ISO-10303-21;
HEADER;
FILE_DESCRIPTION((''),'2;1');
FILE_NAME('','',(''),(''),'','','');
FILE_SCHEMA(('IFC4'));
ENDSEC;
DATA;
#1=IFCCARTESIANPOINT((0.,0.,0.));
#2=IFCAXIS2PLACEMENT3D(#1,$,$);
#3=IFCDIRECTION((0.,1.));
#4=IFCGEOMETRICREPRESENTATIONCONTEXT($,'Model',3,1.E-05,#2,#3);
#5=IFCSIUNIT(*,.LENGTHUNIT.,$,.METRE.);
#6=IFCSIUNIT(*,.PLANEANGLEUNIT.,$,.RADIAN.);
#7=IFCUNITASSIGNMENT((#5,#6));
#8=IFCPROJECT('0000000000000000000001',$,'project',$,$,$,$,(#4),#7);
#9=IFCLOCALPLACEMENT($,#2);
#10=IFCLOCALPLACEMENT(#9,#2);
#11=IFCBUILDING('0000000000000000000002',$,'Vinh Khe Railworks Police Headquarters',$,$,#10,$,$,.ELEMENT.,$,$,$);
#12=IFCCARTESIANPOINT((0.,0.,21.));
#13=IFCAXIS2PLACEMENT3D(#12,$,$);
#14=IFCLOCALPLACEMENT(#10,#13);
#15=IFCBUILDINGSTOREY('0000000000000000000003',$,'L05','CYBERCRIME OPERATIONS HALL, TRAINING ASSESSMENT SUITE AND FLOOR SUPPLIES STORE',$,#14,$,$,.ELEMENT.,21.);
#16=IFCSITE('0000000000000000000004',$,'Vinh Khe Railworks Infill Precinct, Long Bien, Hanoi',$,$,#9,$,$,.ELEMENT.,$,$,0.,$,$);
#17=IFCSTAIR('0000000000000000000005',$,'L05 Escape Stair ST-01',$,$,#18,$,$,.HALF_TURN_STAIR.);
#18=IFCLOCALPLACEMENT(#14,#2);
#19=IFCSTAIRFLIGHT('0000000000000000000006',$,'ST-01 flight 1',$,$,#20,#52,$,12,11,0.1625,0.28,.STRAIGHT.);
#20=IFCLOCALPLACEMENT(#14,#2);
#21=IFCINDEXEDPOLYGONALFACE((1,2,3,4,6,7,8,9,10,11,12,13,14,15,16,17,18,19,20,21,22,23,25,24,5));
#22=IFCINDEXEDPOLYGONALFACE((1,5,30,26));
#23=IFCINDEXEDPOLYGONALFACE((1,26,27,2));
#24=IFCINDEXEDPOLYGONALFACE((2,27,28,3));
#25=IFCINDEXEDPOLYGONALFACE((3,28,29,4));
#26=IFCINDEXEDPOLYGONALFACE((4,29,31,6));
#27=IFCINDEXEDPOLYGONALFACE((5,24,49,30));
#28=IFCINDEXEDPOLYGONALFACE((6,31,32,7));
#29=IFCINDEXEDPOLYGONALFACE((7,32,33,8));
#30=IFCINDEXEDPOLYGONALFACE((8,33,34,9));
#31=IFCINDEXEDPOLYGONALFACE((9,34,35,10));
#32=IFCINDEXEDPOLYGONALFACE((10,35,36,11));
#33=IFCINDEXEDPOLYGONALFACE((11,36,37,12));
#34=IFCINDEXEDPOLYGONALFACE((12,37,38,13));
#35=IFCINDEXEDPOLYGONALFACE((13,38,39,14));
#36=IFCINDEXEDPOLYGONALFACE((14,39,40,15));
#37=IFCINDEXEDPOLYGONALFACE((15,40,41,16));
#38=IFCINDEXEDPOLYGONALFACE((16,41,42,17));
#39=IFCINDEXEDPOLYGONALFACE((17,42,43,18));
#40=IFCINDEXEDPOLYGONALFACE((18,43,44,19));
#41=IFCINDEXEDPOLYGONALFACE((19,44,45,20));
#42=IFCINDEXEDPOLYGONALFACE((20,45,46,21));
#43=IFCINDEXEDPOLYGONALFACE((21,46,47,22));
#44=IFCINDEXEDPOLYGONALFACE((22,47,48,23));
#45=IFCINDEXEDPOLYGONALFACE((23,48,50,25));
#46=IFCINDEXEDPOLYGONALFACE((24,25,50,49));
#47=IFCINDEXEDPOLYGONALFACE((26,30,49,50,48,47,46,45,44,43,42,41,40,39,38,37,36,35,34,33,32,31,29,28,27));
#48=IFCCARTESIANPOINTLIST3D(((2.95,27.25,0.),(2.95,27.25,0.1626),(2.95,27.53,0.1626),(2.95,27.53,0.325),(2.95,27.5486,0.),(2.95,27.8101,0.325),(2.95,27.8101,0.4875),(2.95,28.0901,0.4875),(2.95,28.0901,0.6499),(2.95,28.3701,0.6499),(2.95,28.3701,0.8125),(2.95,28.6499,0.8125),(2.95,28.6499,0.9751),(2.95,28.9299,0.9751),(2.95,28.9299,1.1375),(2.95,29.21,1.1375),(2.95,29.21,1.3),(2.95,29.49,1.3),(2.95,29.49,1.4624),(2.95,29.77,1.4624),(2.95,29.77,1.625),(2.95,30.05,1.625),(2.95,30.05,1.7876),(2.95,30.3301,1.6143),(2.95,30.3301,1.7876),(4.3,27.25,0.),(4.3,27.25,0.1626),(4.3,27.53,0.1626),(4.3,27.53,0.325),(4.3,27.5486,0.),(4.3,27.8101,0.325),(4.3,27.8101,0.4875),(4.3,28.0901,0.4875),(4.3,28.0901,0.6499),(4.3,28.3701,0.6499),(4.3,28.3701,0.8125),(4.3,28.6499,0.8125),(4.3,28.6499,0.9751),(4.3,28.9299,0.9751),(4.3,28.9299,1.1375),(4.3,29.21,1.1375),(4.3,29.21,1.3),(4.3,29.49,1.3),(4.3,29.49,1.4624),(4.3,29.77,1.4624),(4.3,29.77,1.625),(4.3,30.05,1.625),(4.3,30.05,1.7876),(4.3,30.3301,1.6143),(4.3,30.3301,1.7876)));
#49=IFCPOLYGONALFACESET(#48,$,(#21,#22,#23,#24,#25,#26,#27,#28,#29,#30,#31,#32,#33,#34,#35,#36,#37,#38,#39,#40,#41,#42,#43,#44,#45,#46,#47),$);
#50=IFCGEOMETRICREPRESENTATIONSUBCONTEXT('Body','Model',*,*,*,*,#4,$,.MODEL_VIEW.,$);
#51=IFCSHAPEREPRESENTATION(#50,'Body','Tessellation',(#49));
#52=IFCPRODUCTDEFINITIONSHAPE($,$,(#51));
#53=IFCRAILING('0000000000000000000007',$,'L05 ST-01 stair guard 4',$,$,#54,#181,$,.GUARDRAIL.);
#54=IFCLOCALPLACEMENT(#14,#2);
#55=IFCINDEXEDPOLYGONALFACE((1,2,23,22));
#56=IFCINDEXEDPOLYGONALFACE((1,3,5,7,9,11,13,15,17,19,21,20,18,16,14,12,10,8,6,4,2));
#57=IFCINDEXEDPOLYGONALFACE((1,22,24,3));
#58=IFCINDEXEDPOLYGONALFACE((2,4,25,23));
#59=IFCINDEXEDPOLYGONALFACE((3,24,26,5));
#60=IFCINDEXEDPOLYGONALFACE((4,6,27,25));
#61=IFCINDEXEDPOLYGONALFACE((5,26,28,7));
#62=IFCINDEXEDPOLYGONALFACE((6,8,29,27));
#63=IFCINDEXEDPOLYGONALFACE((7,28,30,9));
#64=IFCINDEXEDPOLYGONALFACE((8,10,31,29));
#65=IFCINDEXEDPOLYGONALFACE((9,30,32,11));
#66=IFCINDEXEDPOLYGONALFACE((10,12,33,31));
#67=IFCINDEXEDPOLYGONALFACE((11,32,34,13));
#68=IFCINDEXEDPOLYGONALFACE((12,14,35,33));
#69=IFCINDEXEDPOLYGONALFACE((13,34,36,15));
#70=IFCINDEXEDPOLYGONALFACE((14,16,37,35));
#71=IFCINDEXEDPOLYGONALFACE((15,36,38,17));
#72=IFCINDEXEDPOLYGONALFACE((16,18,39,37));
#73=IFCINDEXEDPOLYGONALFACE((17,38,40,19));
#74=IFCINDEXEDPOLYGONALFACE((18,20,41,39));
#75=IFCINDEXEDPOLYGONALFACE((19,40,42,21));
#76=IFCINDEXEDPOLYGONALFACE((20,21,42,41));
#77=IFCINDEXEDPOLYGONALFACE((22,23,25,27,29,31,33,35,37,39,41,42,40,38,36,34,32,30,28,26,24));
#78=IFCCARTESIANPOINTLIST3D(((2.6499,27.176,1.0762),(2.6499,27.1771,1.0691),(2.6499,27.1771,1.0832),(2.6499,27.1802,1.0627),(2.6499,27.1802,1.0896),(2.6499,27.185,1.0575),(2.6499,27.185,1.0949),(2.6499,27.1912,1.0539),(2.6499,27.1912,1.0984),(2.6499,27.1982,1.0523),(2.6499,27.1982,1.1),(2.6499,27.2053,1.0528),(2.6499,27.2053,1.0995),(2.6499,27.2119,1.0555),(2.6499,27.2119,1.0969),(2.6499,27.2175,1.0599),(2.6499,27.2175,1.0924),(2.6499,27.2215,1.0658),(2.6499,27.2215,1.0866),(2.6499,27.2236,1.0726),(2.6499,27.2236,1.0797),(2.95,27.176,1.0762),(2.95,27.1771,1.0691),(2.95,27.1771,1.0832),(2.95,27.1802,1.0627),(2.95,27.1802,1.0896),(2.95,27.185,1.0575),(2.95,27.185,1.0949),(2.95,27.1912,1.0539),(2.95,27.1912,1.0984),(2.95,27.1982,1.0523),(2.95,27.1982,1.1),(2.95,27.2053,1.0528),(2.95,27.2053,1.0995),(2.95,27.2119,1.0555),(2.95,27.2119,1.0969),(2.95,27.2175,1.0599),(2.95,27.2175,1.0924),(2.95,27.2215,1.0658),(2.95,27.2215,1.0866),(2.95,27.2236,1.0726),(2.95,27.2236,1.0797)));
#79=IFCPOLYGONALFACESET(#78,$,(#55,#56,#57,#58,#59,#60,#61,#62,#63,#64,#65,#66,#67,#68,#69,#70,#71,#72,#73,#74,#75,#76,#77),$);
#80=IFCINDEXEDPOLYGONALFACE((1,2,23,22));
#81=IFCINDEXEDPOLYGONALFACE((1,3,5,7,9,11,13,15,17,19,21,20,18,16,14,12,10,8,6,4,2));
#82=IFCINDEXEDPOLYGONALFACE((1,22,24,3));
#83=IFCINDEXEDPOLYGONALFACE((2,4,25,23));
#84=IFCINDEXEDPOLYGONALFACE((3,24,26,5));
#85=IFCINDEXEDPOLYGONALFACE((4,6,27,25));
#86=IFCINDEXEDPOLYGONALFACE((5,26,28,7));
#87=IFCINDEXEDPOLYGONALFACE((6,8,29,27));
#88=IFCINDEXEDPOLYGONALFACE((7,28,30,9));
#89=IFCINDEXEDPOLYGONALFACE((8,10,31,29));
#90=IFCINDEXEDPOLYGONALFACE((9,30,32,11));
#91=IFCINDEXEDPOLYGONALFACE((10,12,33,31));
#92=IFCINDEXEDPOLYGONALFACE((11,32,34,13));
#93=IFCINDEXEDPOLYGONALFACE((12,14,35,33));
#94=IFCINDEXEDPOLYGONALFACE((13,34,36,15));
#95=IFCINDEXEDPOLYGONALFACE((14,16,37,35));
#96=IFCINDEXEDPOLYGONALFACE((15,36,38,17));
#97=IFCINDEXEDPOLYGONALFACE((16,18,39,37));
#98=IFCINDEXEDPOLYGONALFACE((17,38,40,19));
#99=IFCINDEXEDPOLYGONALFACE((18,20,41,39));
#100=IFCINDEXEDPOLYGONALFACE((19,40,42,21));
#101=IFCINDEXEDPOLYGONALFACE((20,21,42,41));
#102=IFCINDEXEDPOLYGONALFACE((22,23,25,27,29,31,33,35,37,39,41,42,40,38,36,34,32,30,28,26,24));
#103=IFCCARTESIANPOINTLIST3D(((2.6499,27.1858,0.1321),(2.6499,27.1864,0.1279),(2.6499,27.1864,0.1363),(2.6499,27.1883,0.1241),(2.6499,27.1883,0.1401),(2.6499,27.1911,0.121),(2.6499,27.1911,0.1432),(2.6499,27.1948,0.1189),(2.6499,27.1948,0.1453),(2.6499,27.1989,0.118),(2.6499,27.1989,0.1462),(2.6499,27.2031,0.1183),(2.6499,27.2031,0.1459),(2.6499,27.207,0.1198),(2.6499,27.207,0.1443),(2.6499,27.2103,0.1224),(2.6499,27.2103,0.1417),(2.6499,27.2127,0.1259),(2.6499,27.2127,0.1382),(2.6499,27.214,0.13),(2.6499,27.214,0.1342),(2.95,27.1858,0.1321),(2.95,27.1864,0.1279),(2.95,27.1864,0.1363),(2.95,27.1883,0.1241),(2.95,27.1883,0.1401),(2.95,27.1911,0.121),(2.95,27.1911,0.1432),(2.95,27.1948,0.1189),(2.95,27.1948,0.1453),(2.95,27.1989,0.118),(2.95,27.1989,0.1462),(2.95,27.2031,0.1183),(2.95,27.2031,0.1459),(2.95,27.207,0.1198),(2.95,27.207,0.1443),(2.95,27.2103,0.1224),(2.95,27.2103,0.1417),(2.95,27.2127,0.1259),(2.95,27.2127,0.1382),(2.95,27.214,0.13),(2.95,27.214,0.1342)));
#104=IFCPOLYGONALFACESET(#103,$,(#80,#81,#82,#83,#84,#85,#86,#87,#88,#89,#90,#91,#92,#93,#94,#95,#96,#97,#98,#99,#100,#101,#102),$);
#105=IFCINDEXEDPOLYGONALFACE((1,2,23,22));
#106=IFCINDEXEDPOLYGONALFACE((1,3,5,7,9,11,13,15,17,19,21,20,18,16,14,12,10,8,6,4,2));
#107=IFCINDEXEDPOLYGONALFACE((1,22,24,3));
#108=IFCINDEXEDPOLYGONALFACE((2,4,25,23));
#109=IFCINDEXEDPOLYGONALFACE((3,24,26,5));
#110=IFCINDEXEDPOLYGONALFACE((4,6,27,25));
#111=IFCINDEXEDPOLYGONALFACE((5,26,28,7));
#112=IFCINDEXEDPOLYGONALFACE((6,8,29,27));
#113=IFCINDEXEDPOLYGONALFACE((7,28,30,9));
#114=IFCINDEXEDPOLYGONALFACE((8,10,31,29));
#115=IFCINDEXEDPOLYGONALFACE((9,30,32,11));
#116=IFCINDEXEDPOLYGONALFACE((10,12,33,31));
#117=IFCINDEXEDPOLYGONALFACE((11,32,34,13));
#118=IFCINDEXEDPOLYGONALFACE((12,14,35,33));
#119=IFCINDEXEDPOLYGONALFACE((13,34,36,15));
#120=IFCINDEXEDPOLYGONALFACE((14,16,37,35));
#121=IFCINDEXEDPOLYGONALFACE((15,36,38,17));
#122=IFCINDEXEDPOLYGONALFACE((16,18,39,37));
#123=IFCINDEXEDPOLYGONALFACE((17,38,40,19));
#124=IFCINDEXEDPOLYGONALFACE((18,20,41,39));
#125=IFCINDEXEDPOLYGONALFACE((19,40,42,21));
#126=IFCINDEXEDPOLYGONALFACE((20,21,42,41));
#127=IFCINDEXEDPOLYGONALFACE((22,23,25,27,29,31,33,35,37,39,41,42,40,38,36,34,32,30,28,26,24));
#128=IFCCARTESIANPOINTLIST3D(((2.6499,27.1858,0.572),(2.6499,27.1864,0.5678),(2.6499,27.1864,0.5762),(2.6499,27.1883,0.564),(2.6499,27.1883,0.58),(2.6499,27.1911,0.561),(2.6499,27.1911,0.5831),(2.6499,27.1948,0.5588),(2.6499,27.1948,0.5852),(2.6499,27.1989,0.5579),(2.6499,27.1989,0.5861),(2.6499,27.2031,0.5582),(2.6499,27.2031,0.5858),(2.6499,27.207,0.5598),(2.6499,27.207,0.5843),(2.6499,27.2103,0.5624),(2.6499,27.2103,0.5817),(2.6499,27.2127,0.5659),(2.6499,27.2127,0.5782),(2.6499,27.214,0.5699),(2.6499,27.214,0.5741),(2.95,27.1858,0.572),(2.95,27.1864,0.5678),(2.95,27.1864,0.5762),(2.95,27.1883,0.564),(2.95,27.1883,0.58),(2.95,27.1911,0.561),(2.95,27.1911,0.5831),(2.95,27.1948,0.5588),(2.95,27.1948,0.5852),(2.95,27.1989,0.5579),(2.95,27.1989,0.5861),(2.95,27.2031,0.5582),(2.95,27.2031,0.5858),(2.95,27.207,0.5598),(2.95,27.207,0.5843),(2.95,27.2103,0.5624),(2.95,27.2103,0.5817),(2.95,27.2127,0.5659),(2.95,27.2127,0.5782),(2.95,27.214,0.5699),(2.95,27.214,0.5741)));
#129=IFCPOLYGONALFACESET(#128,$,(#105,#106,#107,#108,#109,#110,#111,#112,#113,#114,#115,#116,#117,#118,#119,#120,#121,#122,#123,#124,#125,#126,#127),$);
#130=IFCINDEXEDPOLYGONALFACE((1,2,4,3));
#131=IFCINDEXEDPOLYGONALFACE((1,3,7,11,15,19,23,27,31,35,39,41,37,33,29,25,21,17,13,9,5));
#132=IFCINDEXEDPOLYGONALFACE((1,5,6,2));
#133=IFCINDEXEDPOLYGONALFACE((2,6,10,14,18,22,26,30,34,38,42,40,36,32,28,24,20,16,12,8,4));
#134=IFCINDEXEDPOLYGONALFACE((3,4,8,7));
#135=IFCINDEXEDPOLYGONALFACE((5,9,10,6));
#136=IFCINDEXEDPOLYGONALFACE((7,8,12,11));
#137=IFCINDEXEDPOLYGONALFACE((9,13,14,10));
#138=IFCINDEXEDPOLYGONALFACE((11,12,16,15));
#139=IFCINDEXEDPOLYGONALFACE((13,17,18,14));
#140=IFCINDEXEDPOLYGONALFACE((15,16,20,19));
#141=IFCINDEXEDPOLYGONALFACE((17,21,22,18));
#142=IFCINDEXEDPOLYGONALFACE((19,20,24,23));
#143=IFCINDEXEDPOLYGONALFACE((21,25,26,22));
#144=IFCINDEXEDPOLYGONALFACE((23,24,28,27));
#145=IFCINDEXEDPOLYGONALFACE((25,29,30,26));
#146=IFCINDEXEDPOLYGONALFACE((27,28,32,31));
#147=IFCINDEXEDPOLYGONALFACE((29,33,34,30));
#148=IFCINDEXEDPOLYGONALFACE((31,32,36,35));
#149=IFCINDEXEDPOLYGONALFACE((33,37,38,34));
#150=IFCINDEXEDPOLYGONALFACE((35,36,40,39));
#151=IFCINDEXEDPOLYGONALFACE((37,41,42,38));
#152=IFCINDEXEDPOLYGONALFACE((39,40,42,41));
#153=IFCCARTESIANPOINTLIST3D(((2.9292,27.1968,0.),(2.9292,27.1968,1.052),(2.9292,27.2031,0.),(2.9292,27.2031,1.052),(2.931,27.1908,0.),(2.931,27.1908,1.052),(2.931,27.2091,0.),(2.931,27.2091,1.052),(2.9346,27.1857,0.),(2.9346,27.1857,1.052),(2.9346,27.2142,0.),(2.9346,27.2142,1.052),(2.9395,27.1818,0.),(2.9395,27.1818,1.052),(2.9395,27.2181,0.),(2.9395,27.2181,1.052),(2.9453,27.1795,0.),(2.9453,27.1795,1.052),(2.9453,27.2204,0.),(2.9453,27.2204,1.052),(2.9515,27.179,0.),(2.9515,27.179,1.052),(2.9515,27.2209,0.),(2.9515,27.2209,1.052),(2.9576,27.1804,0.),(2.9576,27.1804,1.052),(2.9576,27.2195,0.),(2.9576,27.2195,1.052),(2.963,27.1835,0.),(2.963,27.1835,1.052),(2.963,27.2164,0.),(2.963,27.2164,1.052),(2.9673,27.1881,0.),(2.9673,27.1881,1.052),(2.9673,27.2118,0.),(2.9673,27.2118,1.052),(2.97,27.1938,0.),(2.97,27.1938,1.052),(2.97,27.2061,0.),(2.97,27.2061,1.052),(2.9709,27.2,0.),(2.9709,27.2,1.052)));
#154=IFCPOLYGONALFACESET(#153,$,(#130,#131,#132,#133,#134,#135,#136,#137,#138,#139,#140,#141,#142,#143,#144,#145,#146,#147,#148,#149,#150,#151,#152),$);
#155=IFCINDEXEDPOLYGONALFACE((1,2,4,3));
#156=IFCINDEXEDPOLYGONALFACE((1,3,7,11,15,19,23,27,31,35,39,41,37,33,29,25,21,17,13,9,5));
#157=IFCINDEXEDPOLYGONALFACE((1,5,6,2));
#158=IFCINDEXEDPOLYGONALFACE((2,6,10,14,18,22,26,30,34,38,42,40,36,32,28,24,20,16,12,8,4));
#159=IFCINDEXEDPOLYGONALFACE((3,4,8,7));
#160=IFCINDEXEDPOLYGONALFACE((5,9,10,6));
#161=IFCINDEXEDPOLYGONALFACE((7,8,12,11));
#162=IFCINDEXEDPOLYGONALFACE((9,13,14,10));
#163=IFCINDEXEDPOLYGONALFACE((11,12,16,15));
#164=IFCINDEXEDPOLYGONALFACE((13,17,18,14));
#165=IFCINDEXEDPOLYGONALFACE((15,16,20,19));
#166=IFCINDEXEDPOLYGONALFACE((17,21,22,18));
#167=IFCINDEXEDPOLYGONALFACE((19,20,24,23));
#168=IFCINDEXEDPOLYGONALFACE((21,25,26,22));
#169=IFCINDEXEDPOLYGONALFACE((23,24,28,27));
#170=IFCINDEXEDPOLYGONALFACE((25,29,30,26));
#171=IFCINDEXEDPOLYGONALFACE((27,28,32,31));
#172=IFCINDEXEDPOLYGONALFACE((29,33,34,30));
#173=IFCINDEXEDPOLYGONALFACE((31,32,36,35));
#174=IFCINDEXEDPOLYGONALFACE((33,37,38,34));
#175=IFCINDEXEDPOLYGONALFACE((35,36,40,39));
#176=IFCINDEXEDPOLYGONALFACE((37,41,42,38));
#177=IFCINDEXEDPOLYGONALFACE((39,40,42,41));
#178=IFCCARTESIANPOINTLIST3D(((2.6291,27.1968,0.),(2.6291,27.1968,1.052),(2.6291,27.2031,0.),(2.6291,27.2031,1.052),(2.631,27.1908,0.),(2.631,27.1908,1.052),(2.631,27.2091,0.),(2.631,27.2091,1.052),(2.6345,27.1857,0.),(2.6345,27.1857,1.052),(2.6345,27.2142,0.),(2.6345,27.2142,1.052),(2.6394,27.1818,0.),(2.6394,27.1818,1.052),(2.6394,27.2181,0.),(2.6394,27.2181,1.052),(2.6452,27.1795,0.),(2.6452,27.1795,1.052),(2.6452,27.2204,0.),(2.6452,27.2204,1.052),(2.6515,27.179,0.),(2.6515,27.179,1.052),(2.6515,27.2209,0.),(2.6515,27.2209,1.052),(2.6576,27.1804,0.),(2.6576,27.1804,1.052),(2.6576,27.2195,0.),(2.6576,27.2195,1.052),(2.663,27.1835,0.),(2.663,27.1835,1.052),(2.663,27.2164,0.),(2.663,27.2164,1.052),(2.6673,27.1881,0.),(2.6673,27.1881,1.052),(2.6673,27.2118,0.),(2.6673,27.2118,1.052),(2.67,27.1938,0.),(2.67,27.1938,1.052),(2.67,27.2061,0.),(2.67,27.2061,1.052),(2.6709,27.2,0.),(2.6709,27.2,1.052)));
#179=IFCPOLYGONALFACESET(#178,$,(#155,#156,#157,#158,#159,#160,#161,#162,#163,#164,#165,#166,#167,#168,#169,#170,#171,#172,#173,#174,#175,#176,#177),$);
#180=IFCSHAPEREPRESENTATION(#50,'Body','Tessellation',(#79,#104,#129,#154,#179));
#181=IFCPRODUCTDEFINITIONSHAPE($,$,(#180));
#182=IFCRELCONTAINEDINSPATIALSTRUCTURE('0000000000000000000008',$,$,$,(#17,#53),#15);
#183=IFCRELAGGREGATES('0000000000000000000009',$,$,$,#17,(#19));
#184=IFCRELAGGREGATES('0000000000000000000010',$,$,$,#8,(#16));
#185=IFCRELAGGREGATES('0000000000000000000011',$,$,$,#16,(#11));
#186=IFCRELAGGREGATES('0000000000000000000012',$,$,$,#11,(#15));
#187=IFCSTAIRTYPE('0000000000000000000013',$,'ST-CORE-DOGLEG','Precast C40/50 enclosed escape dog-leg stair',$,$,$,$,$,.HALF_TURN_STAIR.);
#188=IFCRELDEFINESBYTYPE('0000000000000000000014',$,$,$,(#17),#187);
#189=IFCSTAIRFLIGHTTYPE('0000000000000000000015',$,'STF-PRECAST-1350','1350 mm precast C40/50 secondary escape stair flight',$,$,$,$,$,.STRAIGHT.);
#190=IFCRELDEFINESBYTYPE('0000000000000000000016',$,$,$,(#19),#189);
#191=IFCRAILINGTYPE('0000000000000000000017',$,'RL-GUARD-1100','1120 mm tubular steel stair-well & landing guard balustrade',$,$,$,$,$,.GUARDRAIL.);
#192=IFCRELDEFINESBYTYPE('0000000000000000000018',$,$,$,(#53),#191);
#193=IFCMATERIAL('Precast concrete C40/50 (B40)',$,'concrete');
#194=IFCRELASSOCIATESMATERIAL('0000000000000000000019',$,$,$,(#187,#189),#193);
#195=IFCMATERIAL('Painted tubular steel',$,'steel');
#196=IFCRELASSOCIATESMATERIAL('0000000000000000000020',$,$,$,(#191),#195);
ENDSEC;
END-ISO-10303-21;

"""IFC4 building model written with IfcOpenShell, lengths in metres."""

from ifc_helpers import new_model, si_unit, direction, frame, origin, origin_2d, place, context, subcontext, project, spatial, polyline, circle, outline, extrude, material, type_object, element, aggregate, save


model = new_model("IFC4")

# Units and contexts
model_context = context("Model", 3, precision=1e-05, world=origin(), true_north=direction((0.0, 1.0)))
body_context = subcontext(model_context, "Body", "Model", "MODEL_VIEW")
ifc_project = project(units=[si_unit("LENGTHUNIT", "METRE"), si_unit("PLANEANGLEUNIT", "RADIAN")], contexts=[model_context])

# Site, building, storey
site_placement = place(None, origin())
site = spatial("IfcSite", under=ifc_project, at=site_placement, Name="Vinh Khe Railworks Infill Precinct, Long Bien, Hanoi", CompositionType="ELEMENT", RefElevation=0.0)
building_placement = place(site_placement, origin())
building = spatial("IfcBuilding", under=site, at=building_placement, Name="Vinh Khe Railworks Police Headquarters", CompositionType="ELEMENT")
storey_placement = place(building_placement, frame((0.0, 0.0, 21.0)))
storey = spatial("IfcBuildingStorey", under=building, at=storey_placement, Name="L05", Description="CYBERCRIME OPERATIONS HALL, TRAINING ASSESSMENT SUITE AND FLOOR SUPPLIES STORE", CompositionType="ELEMENT", Elevation=21.0)

# Stair, stair flight
ifc_material_1 = material(Name="Precast concrete C40/50 (B40)", Category="concrete")
stair_type = type_object("IfcStairType", Name="ST-CORE-DOGLEG", Description="Precast C40/50 enclosed escape dog-leg stair", PredefinedType="HALF_TURN_STAIR", material=ifc_material_1)
stair_placement = place(storey_placement, origin())
stair = element("IfcStair", 1, at=stair_placement, inside=storey, type_object=stair_type, Name="L05 Escape Stair ST-01", PredefinedType="HALF_TURN_STAIR")
stair_flight_type = type_object("IfcStairFlightType", Name="STF-PRECAST-1350", Description="1350 mm precast C40/50 secondary escape stair flight", PredefinedType="STRAIGHT", material=ifc_material_1)
stair_flight_placement = place(storey_placement, frame((3.625, 27.25, 0.0), z_axis=(0.0, 0.0, 1.0), x_axis=(0.0, 1.0, 0.0)))
stair_flight = element("IfcStairFlight", 2, at=stair_flight_placement, type_object=stair_flight_type, Name="ST-01 flight 1", NumberOfRisers=12, NumberOfTreads=11, PredefinedType="STRAIGHT", RiserHeight=0.1625, TreadLength=0.28, context=body_context, shape_type="SweptSolid", body=[
    extrude(outline(polyline([(0.0, 0.0), (0.0, 0.1626), (0.28, 0.1626), (0.28, 0.325), (0.5601, 0.325), (0.5601, 0.4875), (0.8401, 0.4875), (0.8401, 0.6499), (1.1201, 0.6499), (1.1201, 0.8125), (1.3999, 0.8125), (1.3999, 0.9751), (1.6799, 0.9751), (1.6799, 1.1375), (1.96, 1.1375), (1.96, 1.3), (2.24, 1.3), (2.24, 1.4624), (2.52, 1.4624), (2.52, 1.625), (2.8, 1.625), (2.8, 1.7876), (3.0801, 1.7876), (3.0801, 1.95), (3.0801, 1.6143), (0.2986, 0.0), (0.0, 0.0)])), frame((0.0, 0.675, 0.0), z_axis=(0.0, -1.0, 0.0), x_axis=(1.0, 0.0, 0.0)), (0.0, 0.0, 1.0), 1.3501),
])
aggregate(stair, [stair_flight])

# Railing
ifc_material_2 = material(Name="Painted tubular steel", Category="steel")
railing_type = type_object("IfcRailingType", Name="RL-GUARD-1100", Description="1120 mm tubular steel stair-well & landing guard balustrade", PredefinedType="GUARDRAIL", material=ifc_material_2)
railing_placement = place(storey_placement, frame((2.95, 27.2, 0.0)))
element("IfcRailing", 3, at=railing_placement, inside=storey, type_object=railing_type, Name="L05 ST-01 stair guard 4", PredefinedType="GUARDRAIL", context=body_context, shape_type="SweptSolid", body=[
    extrude(circle(Radius=0.0239, at=origin_2d()), frame((0.0, 0.0, 1.0762), z_axis=(-1.0, 0.0, 0.0), x_axis=(0.0, -1.0, 0.0)), (0.0, 0.0, 1.0), 0.3),
    extrude(circle(Radius=0.0142, at=origin_2d()), frame((0.0, 0.0, 0.1321), z_axis=(-1.0, 0.0, 0.0), x_axis=(0.0, -1.0, 0.0)), (0.0, 0.0, 1.0), 0.3),
    extrude(circle(Radius=0.0142, at=origin_2d()), frame((0.0, 0.0, 0.572), z_axis=(-1.0, 0.0, 0.0), x_axis=(0.0, -1.0, 0.0)), (0.0, 0.0, 1.0), 0.3),
    extrude(circle(Radius=0.021, at=origin_2d()), origin(), (0.0, 0.0, 1.0), 1.052),
    extrude(circle(Radius=0.021, at=origin_2d()), frame((-0.3, 0.0, 0.0)), (0.0, 0.0, 1.0), 1.052),
])

save(model, "model.ifc")
